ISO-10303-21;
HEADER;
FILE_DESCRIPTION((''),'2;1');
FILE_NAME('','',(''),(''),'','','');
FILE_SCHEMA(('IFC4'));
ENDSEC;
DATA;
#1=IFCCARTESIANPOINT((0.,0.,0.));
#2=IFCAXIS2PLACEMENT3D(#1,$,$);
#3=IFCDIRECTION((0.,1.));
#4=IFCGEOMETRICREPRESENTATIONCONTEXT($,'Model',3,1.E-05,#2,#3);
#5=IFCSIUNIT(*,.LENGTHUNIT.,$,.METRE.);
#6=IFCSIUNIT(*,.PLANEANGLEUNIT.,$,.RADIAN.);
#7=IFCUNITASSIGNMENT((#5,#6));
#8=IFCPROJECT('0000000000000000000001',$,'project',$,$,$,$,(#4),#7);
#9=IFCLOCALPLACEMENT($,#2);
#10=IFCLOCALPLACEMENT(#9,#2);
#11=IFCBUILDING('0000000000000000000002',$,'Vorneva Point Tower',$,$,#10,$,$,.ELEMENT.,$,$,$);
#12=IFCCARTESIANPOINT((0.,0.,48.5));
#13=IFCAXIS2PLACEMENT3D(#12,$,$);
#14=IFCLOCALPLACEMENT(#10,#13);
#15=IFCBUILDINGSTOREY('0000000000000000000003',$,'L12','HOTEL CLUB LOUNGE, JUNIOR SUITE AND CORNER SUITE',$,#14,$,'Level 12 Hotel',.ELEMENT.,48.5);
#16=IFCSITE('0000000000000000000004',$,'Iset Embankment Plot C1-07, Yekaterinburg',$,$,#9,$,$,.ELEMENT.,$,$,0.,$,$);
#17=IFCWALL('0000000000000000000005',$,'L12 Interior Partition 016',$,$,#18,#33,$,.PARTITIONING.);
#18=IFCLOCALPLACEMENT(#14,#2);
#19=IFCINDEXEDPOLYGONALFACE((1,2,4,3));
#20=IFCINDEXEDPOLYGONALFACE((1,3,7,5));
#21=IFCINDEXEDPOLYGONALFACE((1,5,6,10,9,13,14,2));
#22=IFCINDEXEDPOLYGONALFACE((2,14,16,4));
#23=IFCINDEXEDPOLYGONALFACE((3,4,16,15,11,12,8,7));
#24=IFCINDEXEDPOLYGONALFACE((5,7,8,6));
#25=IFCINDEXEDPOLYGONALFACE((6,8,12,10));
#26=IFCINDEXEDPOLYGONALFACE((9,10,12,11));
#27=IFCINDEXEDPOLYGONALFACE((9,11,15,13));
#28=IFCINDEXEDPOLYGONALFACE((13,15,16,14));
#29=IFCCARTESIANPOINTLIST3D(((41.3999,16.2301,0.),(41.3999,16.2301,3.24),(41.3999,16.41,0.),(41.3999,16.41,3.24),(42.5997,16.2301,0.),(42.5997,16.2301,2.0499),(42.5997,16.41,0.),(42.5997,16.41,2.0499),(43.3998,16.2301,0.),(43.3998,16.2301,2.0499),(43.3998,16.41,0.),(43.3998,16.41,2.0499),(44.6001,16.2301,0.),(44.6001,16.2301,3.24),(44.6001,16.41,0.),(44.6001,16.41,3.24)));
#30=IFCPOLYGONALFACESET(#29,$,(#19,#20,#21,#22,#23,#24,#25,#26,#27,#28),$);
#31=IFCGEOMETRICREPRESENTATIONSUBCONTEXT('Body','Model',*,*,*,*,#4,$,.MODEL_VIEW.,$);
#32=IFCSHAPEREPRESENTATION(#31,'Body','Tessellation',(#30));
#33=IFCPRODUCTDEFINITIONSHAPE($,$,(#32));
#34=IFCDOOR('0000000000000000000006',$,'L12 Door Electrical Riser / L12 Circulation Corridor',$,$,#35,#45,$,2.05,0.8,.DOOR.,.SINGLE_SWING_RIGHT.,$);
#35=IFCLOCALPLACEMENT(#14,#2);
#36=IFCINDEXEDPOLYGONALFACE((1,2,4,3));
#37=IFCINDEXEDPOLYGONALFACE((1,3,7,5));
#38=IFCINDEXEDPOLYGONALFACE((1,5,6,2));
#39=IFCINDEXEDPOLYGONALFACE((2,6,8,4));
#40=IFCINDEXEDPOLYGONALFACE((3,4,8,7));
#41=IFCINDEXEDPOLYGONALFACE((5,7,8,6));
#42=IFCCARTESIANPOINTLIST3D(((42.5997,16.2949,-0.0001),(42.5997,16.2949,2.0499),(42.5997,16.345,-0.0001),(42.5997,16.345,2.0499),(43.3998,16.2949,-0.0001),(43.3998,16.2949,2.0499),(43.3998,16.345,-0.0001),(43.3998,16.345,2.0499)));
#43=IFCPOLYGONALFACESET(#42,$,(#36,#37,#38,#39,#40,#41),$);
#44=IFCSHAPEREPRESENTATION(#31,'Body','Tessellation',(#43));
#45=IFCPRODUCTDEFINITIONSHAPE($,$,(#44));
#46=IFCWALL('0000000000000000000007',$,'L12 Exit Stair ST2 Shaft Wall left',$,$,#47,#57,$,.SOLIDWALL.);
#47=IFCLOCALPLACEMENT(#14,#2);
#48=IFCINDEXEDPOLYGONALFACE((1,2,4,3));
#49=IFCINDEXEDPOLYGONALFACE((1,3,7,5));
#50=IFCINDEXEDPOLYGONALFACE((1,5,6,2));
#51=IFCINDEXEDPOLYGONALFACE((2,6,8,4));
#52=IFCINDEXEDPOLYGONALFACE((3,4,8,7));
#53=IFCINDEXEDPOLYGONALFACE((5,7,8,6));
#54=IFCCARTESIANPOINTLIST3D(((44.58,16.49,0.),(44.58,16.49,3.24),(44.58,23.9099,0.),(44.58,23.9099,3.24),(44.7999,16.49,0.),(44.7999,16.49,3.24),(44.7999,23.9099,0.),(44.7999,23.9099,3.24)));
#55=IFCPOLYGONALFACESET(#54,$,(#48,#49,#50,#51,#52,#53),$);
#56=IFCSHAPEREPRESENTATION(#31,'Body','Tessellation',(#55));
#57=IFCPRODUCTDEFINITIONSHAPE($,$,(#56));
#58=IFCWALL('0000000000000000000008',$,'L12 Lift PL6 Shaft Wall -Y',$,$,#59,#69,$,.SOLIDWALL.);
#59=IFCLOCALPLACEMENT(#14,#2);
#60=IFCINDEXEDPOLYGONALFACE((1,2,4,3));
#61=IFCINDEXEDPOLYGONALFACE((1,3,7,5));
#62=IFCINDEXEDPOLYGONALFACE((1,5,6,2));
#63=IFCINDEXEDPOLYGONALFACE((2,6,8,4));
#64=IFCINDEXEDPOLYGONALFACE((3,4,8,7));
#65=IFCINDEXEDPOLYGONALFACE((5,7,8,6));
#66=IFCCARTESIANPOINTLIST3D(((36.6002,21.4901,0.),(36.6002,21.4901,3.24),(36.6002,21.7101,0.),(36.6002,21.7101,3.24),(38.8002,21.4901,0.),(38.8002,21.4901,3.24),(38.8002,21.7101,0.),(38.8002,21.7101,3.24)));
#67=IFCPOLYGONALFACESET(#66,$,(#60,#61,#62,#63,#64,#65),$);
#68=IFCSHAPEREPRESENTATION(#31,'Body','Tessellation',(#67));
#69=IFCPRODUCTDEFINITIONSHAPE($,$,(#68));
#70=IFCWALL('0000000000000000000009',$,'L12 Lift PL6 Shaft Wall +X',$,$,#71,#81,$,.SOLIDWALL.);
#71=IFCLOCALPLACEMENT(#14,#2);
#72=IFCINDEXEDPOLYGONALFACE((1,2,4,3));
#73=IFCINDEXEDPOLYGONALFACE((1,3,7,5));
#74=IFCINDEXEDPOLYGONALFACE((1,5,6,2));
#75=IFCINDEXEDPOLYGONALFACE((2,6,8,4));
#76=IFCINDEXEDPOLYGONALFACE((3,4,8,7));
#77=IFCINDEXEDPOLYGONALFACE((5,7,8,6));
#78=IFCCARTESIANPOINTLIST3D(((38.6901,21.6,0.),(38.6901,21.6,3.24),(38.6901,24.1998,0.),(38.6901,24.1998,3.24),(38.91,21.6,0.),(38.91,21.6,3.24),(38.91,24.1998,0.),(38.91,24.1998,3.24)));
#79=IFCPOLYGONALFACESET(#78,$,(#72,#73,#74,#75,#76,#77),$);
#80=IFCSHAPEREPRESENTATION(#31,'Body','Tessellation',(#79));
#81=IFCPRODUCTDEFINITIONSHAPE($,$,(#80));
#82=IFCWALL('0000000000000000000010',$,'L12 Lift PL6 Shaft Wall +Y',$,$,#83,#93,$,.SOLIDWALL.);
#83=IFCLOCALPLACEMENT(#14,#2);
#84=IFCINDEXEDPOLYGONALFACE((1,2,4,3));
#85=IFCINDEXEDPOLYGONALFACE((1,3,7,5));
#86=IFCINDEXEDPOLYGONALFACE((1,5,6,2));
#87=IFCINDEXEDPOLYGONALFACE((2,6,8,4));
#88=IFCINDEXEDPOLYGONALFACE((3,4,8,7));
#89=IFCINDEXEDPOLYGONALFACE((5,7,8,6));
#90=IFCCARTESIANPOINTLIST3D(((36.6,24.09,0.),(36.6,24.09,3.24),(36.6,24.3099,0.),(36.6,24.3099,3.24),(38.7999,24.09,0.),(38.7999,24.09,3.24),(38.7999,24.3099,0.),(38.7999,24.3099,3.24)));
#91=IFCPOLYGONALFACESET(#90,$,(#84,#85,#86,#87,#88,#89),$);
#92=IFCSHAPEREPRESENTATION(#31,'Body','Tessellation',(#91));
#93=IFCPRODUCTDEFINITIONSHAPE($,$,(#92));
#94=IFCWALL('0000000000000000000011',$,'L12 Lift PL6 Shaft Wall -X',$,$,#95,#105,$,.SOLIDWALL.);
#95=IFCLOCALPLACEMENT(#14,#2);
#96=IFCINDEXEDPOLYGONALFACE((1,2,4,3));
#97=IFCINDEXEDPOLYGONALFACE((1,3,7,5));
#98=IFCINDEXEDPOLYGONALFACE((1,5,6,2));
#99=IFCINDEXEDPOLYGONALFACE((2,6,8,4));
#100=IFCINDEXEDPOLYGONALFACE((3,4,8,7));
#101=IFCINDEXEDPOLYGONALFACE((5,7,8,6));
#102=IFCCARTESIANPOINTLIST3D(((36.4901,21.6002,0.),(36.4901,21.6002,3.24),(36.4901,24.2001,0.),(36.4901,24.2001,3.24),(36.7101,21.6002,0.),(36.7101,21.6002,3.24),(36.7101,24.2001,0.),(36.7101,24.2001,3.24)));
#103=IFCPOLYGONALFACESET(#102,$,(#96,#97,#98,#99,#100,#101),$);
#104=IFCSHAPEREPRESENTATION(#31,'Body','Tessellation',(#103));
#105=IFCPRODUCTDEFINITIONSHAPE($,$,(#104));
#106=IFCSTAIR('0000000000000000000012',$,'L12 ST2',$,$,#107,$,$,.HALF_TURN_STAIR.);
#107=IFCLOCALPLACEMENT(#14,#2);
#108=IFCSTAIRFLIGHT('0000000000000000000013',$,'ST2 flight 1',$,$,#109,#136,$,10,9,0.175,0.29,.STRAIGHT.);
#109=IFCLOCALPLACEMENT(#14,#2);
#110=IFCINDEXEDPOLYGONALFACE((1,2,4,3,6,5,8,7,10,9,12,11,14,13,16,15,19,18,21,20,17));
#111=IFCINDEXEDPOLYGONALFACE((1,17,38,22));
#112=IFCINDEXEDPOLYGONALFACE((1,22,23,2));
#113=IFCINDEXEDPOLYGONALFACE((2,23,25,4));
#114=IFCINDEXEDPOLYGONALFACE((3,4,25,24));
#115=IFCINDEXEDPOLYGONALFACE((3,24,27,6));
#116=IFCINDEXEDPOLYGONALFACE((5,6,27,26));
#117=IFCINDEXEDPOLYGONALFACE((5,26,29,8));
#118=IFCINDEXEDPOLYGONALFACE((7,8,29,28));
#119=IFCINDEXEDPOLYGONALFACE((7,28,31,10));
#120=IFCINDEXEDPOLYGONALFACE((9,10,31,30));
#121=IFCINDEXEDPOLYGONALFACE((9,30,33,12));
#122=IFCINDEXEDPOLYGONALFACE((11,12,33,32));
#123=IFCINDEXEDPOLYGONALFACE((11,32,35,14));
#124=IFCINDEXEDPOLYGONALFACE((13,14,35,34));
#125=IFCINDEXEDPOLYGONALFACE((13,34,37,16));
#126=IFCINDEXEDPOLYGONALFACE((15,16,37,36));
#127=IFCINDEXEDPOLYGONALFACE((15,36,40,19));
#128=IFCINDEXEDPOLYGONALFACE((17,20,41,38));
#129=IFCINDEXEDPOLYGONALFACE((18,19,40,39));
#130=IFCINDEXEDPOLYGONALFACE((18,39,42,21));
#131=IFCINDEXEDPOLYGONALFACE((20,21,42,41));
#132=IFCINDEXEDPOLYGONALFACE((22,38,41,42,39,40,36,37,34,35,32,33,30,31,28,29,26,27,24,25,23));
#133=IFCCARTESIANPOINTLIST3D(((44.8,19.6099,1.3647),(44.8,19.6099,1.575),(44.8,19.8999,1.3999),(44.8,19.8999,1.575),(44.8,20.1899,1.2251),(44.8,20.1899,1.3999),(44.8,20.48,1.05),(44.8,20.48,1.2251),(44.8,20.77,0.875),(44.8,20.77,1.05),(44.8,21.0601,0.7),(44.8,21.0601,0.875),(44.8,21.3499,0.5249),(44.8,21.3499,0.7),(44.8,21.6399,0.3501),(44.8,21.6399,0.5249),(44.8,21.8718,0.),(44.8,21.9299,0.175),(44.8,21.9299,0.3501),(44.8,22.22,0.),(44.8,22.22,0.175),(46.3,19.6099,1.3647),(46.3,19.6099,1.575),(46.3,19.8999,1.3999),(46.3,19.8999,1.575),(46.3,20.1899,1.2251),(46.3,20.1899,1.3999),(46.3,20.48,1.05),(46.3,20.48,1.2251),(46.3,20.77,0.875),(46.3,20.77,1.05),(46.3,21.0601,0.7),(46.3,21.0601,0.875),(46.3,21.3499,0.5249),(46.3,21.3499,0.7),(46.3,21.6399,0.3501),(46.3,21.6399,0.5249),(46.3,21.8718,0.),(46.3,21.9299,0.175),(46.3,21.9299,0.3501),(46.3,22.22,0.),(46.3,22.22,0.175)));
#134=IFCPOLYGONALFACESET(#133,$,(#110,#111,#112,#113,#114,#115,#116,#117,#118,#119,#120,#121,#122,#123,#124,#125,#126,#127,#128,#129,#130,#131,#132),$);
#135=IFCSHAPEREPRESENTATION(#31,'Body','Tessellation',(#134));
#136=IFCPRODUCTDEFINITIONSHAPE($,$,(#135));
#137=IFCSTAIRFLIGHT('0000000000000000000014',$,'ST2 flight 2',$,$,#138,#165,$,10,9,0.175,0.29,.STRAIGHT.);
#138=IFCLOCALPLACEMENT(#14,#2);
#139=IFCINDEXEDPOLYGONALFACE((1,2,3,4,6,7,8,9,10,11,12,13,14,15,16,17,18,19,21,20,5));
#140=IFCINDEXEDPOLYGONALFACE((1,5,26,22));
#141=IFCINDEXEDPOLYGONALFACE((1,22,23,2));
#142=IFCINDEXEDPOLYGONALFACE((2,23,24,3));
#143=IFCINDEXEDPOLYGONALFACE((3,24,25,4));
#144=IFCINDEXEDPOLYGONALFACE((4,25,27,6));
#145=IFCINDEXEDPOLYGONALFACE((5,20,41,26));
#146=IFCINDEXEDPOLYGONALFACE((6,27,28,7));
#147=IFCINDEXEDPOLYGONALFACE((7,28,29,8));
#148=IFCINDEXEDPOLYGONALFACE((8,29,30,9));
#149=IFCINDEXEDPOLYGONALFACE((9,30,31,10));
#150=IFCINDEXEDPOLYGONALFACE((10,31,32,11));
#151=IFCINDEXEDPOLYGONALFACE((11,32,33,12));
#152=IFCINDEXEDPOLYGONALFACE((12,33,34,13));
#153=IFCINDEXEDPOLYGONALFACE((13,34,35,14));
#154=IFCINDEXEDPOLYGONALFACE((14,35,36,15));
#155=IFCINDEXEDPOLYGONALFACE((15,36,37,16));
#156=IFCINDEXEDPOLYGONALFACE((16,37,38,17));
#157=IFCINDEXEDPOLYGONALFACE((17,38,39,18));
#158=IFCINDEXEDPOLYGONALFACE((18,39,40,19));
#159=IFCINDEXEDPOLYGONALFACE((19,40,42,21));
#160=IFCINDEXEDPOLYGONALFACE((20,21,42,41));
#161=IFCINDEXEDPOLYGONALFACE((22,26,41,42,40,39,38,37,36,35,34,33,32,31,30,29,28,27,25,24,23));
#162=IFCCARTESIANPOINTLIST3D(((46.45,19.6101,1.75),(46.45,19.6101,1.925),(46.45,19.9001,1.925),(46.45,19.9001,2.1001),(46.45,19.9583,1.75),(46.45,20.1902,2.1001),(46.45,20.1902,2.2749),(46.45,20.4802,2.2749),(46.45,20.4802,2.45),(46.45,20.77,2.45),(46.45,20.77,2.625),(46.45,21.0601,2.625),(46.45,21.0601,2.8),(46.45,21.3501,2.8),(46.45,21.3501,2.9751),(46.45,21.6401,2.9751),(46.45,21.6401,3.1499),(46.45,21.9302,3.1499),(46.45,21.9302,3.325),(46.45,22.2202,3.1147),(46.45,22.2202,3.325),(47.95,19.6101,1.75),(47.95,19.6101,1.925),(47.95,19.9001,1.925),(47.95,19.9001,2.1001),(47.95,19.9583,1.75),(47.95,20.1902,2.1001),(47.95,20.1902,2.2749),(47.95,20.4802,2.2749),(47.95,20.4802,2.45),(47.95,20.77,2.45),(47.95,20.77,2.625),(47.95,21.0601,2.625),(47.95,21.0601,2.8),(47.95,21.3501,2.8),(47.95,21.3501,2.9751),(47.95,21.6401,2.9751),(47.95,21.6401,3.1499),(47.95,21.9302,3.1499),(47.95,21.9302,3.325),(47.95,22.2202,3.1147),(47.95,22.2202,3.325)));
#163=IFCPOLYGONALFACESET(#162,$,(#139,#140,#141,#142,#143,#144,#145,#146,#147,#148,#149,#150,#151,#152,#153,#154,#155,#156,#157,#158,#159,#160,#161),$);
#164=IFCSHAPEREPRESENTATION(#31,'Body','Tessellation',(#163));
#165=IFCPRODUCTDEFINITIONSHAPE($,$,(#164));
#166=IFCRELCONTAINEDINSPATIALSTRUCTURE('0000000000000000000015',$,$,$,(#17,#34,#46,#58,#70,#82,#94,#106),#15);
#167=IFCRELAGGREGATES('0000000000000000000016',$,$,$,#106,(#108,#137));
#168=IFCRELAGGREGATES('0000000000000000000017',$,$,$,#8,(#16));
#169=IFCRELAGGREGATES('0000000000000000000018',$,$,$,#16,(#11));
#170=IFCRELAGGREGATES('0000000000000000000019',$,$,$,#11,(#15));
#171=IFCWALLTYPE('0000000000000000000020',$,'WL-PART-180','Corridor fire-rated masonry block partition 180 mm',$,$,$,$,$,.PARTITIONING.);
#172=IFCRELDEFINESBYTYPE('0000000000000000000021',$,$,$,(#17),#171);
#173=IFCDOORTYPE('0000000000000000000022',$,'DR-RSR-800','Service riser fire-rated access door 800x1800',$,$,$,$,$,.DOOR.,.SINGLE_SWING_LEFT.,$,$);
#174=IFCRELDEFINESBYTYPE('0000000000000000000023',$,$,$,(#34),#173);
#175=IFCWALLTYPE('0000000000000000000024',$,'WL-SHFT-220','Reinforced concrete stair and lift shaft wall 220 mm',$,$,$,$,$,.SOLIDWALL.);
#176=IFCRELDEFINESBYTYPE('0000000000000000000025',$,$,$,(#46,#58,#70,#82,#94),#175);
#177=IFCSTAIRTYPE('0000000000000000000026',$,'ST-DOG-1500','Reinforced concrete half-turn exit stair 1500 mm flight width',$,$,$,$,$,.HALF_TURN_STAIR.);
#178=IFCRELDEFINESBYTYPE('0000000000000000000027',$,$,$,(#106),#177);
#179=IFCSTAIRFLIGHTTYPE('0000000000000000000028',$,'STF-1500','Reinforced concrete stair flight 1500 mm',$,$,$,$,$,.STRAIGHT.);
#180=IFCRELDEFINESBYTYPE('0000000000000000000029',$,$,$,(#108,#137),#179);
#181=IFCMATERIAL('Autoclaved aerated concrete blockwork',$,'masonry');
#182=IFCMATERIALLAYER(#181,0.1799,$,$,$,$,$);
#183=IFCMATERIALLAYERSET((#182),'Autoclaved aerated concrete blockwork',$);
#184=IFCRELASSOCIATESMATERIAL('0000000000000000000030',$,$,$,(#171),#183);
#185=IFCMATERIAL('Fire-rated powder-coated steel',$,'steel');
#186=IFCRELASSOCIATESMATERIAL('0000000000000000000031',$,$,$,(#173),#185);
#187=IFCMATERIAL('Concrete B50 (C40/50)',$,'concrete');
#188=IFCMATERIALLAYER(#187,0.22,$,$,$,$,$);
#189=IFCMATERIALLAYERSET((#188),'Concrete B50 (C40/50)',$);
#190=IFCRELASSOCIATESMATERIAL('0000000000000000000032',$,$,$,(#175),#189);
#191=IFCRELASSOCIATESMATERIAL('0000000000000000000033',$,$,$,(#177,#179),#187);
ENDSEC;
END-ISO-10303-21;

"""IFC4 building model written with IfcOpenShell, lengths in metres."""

from ifc_helpers import new_model, si_unit, direction, frame, frame_2d, origin, place, context, subcontext, project, spatial, polyline, rectangle, outline, extrude, material, layer, layer_set, type_object, element, fill, aggregate, save


model = new_model("IFC4")

# Units and contexts
model_context = context("Model", 3, precision=1e-05, world=origin(), true_north=direction((0.0, 1.0)))
body_context = subcontext(model_context, "Body", "Model", "MODEL_VIEW")
ifc_project = project(units=[si_unit("LENGTHUNIT", "METRE"), si_unit("PLANEANGLEUNIT", "RADIAN")], contexts=[model_context])

# Site, building, storey
site_placement = place(None, origin())
site = spatial("IfcSite", under=ifc_project, at=site_placement, Name="Iset Embankment Plot C1-07, Yekaterinburg", CompositionType="ELEMENT", RefElevation=0.0)
building_placement = place(site_placement, origin())
building = spatial("IfcBuilding", under=site, at=building_placement, Name="Vorneva Point Tower", CompositionType="ELEMENT")
storey_placement = place(building_placement, frame((0.0, 0.0, 48.5)))
storey = spatial("IfcBuildingStorey", under=building, at=storey_placement, Name="L12", Description="HOTEL CLUB LOUNGE, JUNIOR SUITE AND CORNER SUITE", LongName="Level 12 Hotel", CompositionType="ELEMENT", Elevation=48.5)

# Shared definitions
ifc_material_1 = material(Name="Autoclaved aerated concrete blockwork", Category="masonry")
ifc_layer_1 = layer(ifc_material_1, 0.1799)
ifc_layer_set_1 = layer_set([ifc_layer_1], Name="Autoclaved aerated concrete blockwork")
wall_type_1 = type_object("IfcWallType", Name="WL-PART-180", Description="Corridor fire-rated masonry block partition 180 mm", PredefinedType="PARTITIONING", material=ifc_layer_set_1)

# Wall, opening, door
ifc_material_2 = material(Name="Fire-rated powder-coated steel", Category="steel")
door_type_1 = type_object("IfcDoorType", Name="DR-RSR-800", Description="Service riser fire-rated access door 800x1800", OperationType="SINGLE_SWING_LEFT", PredefinedType="DOOR", material=ifc_material_2)
wall_1_placement = place(storey_placement, frame((41.3999, 16.3201, 0.0), z_axis=(0.0, 0.0, 1.0), x_axis=(1.0, 0.0, 0.0)))
wall_1 = element("IfcWall", 1, at=wall_1_placement, inside=storey, type_object=wall_type_1, Name="L12 Interior Partition 016", PredefinedType="PARTITIONING", context=body_context, shape_type="SweptSolid", body=[
    extrude(rectangle(XDim=3.2002, YDim=0.1799, at=frame_2d((1.6001, 0.0))), origin(), (0.0, 0.0, 1.0), 3.24),
])
opening_1_placement = place(wall_1_placement, frame((1.2, 0.0, 0.0)))
opening_1 = element("IfcOpeningElement", 2, at=opening_1_placement, cuts=wall_1, PredefinedType="OPENING", context=body_context, shape_type="SweptSolid", body=[
    extrude(rectangle(XDim=0.8, YDim=2.05, at=frame_2d((0.3999, 1.0249))), frame((0.0, 0.105, 0.0), z_axis=(0.0, -1.0, 0.0), x_axis=(1.0, 0.0, 0.0)), (0.0, 0.0, 1.0), 0.2097),
])
door_1_placement = place(opening_1_placement, origin())
door_1 = element("IfcDoor", 3, at=door_1_placement, inside=storey, type_object=door_type_1, Name="L12 Door Electrical Riser / L12 Circulation Corridor", OperationType="SINGLE_SWING_RIGHT", OverallHeight=2.05, OverallWidth=0.8, PredefinedType="DOOR", context=body_context, shape_type="SweptSolid", body=[
    extrude(rectangle(XDim=0.8, YDim=2.05, at=frame_2d((0.3999, 1.0249))), frame((0.0, 0.0249, 0.0), z_axis=(0.0, -1.0, 0.0), x_axis=(1.0, 0.0, 0.0)), (0.0, 0.0, 1.0), 0.05),
])
fill(opening_1, door_1)
ifc_material_3 = material(Name="Concrete B50 (C40/50)", Category="concrete")
ifc_layer_2 = layer(ifc_material_3, 0.22)
ifc_layer_set_2 = layer_set([ifc_layer_2], Name="Concrete B50 (C40/50)")
wall_type_2 = type_object("IfcWallType", Name="WL-SHFT-220", Description="Reinforced concrete stair and lift shaft wall 220 mm", PredefinedType="SOLIDWALL", material=ifc_layer_set_2)

# Walls
wall_2_placement = place(storey_placement, frame((44.6899, 16.49, 0.0), z_axis=(0.0, 0.0, 1.0), x_axis=(0.0, 1.0, 0.0)))
element("IfcWall", 4, at=wall_2_placement, inside=storey, type_object=wall_type_2, Name="L12 Exit Stair ST2 Shaft Wall left", PredefinedType="SOLIDWALL", context=body_context, shape_type="SweptSolid", body=[
    extrude(rectangle(XDim=7.4199, YDim=0.22, at=frame_2d((3.71, 0.0))), origin(), (0.0, 0.0, 1.0), 3.24),
])
wall_3_placement = place(storey_placement, frame((36.6001, 21.6001, 0.0), z_axis=(0.0, 0.0, 1.0), x_axis=(1.0, 0.0, 0.0)))
element("IfcWall", 5, at=wall_3_placement, inside=storey, type_object=wall_type_2, Name="L12 Lift PL6 Shaft Wall -Y", PredefinedType="SOLIDWALL", context=body_context, shape_type="SweptSolid", body=[
    extrude(rectangle(XDim=2.2, YDim=0.22, at=frame_2d((1.1001, 0.0))), origin(), (0.0, 0.0, 1.0), 3.24),
])
wall_4_placement = place(storey_placement, frame((38.8, 21.6001, 0.0), z_axis=(0.0, 0.0, 1.0), x_axis=(0.0, 1.0, 0.0)))
element("IfcWall", 6, at=wall_4_placement, inside=storey, type_object=wall_type_2, Name="L12 Lift PL6 Shaft Wall +X", PredefinedType="SOLIDWALL", context=body_context, shape_type="SweptSolid", body=[
    extrude(rectangle(XDim=2.5999, YDim=0.22, at=frame_2d((1.2998, 0.0))), origin(), (0.0, 0.0, 1.0), 3.24),
])
wall_5_placement = place(storey_placement, frame((38.8, 24.2, 0.0), z_axis=(0.0, 0.0, 1.0), x_axis=(-1.0, 0.0, 0.0)))
element("IfcWall", 7, at=wall_5_placement, inside=storey, type_object=wall_type_2, Name="L12 Lift PL6 Shaft Wall +Y", PredefinedType="SOLIDWALL", context=body_context, shape_type="SweptSolid", body=[
    extrude(rectangle(XDim=2.2, YDim=0.22, at=frame_2d((1.1001, 0.0))), origin(), (0.0, 0.0, 1.0), 3.24),
])
wall_6_placement = place(storey_placement, frame((36.6001, 24.2, 0.0), z_axis=(0.0, 0.0, 1.0), x_axis=(0.0, -1.0, 0.0)))
element("IfcWall", 8, at=wall_6_placement, inside=storey, type_object=wall_type_2, Name="L12 Lift PL6 Shaft Wall -X", PredefinedType="SOLIDWALL", context=body_context, shape_type="SweptSolid", body=[
    extrude(rectangle(XDim=2.5999, YDim=0.22, at=frame_2d((1.2998, 0.0))), origin(), (0.0, 0.0, 1.0), 3.24),
])

# Stair, stair flights
stair_type = type_object("IfcStairType", Name="ST-DOG-1500", Description="Reinforced concrete half-turn exit stair 1500 mm flight width", PredefinedType="HALF_TURN_STAIR", material=ifc_material_3)
stair_placement = place(storey_placement, origin())
stair = element("IfcStair", 9, at=stair_placement, inside=storey, type_object=stair_type, Name="L12 ST2", PredefinedType="HALF_TURN_STAIR")
stair_flight_type = type_object("IfcStairFlightType", Name="STF-1500", Description="Reinforced concrete stair flight 1500 mm", PredefinedType="STRAIGHT", material=ifc_material_3)
stair_flight_1_placement = place(storey_placement, frame((45.55, 22.22, 0.0), z_axis=(0.0, 0.0, 1.0), x_axis=(0.0, -1.0, 0.0)))
stair_flight_1 = element("IfcStairFlight", 10, at=stair_flight_1_placement, type_object=stair_flight_type, Name="ST2 flight 1", NumberOfRisers=10, NumberOfTreads=9, PredefinedType="STRAIGHT", RiserHeight=0.175, TreadLength=0.29, context=body_context, shape_type="SweptSolid", body=[
    extrude(outline(polyline([(0.0, 0.0), (0.0, 0.175), (0.29, 0.175), (0.29, 0.3501), (0.5801, 0.3501), (0.5801, 0.5249), (0.8701, 0.5249), (0.8701, 0.7), (1.1599, 0.7), (1.1599, 0.875), (1.45, 0.875), (1.45, 1.05), (1.74, 1.05), (1.74, 1.2251), (2.03, 1.2251), (2.03, 1.3999), (2.3201, 1.3999), (2.3201, 1.575), (2.6101, 1.575), (2.6101, 1.75), (2.6101, 1.3647), (0.3481, 0.0), (0.0, 0.0)])), frame((0.0, 0.75, 0.0), z_axis=(0.0, -1.0, 0.0), x_axis=(1.0, 0.0, 0.0)), (0.0, 0.0, 1.0), 1.5),
])
stair_flight_2_placement = place(storey_placement, frame((47.2, 19.6101, 1.75), z_axis=(0.0, 0.0, 1.0), x_axis=(0.0, 1.0, 0.0)))
stair_flight_2 = element("IfcStairFlight", 11, at=stair_flight_2_placement, type_object=stair_flight_type, Name="ST2 flight 2", NumberOfRisers=10, NumberOfTreads=9, PredefinedType="STRAIGHT", RiserHeight=0.175, TreadLength=0.29, context=body_context, shape_type="SweptSolid", body=[
    extrude(outline(polyline([(0.0, 0.0), (0.0, 0.175), (0.29, 0.175), (0.29, 0.3501), (0.5801, 0.3501), (0.5801, 0.5249), (0.8701, 0.5249), (0.8701, 0.7), (1.1599, 0.7), (1.1599, 0.875), (1.45, 0.875), (1.45, 1.05), (1.74, 1.05), (1.74, 1.2251), (2.03, 1.2251), (2.03, 1.3999), (2.3201, 1.3999), (2.3201, 1.575), (2.6101, 1.575), (2.6101, 1.75), (2.6101, 1.3647), (0.3481, 0.0), (0.0, 0.0)])), frame((0.0, 0.75, 0.0), z_axis=(0.0, -1.0, 0.0), x_axis=(1.0, 0.0, 0.0)), (0.0, 0.0, 1.0), 1.5),
])
aggregate(stair, [stair_flight_1, stair_flight_2])

save(model, "model.ifc")
